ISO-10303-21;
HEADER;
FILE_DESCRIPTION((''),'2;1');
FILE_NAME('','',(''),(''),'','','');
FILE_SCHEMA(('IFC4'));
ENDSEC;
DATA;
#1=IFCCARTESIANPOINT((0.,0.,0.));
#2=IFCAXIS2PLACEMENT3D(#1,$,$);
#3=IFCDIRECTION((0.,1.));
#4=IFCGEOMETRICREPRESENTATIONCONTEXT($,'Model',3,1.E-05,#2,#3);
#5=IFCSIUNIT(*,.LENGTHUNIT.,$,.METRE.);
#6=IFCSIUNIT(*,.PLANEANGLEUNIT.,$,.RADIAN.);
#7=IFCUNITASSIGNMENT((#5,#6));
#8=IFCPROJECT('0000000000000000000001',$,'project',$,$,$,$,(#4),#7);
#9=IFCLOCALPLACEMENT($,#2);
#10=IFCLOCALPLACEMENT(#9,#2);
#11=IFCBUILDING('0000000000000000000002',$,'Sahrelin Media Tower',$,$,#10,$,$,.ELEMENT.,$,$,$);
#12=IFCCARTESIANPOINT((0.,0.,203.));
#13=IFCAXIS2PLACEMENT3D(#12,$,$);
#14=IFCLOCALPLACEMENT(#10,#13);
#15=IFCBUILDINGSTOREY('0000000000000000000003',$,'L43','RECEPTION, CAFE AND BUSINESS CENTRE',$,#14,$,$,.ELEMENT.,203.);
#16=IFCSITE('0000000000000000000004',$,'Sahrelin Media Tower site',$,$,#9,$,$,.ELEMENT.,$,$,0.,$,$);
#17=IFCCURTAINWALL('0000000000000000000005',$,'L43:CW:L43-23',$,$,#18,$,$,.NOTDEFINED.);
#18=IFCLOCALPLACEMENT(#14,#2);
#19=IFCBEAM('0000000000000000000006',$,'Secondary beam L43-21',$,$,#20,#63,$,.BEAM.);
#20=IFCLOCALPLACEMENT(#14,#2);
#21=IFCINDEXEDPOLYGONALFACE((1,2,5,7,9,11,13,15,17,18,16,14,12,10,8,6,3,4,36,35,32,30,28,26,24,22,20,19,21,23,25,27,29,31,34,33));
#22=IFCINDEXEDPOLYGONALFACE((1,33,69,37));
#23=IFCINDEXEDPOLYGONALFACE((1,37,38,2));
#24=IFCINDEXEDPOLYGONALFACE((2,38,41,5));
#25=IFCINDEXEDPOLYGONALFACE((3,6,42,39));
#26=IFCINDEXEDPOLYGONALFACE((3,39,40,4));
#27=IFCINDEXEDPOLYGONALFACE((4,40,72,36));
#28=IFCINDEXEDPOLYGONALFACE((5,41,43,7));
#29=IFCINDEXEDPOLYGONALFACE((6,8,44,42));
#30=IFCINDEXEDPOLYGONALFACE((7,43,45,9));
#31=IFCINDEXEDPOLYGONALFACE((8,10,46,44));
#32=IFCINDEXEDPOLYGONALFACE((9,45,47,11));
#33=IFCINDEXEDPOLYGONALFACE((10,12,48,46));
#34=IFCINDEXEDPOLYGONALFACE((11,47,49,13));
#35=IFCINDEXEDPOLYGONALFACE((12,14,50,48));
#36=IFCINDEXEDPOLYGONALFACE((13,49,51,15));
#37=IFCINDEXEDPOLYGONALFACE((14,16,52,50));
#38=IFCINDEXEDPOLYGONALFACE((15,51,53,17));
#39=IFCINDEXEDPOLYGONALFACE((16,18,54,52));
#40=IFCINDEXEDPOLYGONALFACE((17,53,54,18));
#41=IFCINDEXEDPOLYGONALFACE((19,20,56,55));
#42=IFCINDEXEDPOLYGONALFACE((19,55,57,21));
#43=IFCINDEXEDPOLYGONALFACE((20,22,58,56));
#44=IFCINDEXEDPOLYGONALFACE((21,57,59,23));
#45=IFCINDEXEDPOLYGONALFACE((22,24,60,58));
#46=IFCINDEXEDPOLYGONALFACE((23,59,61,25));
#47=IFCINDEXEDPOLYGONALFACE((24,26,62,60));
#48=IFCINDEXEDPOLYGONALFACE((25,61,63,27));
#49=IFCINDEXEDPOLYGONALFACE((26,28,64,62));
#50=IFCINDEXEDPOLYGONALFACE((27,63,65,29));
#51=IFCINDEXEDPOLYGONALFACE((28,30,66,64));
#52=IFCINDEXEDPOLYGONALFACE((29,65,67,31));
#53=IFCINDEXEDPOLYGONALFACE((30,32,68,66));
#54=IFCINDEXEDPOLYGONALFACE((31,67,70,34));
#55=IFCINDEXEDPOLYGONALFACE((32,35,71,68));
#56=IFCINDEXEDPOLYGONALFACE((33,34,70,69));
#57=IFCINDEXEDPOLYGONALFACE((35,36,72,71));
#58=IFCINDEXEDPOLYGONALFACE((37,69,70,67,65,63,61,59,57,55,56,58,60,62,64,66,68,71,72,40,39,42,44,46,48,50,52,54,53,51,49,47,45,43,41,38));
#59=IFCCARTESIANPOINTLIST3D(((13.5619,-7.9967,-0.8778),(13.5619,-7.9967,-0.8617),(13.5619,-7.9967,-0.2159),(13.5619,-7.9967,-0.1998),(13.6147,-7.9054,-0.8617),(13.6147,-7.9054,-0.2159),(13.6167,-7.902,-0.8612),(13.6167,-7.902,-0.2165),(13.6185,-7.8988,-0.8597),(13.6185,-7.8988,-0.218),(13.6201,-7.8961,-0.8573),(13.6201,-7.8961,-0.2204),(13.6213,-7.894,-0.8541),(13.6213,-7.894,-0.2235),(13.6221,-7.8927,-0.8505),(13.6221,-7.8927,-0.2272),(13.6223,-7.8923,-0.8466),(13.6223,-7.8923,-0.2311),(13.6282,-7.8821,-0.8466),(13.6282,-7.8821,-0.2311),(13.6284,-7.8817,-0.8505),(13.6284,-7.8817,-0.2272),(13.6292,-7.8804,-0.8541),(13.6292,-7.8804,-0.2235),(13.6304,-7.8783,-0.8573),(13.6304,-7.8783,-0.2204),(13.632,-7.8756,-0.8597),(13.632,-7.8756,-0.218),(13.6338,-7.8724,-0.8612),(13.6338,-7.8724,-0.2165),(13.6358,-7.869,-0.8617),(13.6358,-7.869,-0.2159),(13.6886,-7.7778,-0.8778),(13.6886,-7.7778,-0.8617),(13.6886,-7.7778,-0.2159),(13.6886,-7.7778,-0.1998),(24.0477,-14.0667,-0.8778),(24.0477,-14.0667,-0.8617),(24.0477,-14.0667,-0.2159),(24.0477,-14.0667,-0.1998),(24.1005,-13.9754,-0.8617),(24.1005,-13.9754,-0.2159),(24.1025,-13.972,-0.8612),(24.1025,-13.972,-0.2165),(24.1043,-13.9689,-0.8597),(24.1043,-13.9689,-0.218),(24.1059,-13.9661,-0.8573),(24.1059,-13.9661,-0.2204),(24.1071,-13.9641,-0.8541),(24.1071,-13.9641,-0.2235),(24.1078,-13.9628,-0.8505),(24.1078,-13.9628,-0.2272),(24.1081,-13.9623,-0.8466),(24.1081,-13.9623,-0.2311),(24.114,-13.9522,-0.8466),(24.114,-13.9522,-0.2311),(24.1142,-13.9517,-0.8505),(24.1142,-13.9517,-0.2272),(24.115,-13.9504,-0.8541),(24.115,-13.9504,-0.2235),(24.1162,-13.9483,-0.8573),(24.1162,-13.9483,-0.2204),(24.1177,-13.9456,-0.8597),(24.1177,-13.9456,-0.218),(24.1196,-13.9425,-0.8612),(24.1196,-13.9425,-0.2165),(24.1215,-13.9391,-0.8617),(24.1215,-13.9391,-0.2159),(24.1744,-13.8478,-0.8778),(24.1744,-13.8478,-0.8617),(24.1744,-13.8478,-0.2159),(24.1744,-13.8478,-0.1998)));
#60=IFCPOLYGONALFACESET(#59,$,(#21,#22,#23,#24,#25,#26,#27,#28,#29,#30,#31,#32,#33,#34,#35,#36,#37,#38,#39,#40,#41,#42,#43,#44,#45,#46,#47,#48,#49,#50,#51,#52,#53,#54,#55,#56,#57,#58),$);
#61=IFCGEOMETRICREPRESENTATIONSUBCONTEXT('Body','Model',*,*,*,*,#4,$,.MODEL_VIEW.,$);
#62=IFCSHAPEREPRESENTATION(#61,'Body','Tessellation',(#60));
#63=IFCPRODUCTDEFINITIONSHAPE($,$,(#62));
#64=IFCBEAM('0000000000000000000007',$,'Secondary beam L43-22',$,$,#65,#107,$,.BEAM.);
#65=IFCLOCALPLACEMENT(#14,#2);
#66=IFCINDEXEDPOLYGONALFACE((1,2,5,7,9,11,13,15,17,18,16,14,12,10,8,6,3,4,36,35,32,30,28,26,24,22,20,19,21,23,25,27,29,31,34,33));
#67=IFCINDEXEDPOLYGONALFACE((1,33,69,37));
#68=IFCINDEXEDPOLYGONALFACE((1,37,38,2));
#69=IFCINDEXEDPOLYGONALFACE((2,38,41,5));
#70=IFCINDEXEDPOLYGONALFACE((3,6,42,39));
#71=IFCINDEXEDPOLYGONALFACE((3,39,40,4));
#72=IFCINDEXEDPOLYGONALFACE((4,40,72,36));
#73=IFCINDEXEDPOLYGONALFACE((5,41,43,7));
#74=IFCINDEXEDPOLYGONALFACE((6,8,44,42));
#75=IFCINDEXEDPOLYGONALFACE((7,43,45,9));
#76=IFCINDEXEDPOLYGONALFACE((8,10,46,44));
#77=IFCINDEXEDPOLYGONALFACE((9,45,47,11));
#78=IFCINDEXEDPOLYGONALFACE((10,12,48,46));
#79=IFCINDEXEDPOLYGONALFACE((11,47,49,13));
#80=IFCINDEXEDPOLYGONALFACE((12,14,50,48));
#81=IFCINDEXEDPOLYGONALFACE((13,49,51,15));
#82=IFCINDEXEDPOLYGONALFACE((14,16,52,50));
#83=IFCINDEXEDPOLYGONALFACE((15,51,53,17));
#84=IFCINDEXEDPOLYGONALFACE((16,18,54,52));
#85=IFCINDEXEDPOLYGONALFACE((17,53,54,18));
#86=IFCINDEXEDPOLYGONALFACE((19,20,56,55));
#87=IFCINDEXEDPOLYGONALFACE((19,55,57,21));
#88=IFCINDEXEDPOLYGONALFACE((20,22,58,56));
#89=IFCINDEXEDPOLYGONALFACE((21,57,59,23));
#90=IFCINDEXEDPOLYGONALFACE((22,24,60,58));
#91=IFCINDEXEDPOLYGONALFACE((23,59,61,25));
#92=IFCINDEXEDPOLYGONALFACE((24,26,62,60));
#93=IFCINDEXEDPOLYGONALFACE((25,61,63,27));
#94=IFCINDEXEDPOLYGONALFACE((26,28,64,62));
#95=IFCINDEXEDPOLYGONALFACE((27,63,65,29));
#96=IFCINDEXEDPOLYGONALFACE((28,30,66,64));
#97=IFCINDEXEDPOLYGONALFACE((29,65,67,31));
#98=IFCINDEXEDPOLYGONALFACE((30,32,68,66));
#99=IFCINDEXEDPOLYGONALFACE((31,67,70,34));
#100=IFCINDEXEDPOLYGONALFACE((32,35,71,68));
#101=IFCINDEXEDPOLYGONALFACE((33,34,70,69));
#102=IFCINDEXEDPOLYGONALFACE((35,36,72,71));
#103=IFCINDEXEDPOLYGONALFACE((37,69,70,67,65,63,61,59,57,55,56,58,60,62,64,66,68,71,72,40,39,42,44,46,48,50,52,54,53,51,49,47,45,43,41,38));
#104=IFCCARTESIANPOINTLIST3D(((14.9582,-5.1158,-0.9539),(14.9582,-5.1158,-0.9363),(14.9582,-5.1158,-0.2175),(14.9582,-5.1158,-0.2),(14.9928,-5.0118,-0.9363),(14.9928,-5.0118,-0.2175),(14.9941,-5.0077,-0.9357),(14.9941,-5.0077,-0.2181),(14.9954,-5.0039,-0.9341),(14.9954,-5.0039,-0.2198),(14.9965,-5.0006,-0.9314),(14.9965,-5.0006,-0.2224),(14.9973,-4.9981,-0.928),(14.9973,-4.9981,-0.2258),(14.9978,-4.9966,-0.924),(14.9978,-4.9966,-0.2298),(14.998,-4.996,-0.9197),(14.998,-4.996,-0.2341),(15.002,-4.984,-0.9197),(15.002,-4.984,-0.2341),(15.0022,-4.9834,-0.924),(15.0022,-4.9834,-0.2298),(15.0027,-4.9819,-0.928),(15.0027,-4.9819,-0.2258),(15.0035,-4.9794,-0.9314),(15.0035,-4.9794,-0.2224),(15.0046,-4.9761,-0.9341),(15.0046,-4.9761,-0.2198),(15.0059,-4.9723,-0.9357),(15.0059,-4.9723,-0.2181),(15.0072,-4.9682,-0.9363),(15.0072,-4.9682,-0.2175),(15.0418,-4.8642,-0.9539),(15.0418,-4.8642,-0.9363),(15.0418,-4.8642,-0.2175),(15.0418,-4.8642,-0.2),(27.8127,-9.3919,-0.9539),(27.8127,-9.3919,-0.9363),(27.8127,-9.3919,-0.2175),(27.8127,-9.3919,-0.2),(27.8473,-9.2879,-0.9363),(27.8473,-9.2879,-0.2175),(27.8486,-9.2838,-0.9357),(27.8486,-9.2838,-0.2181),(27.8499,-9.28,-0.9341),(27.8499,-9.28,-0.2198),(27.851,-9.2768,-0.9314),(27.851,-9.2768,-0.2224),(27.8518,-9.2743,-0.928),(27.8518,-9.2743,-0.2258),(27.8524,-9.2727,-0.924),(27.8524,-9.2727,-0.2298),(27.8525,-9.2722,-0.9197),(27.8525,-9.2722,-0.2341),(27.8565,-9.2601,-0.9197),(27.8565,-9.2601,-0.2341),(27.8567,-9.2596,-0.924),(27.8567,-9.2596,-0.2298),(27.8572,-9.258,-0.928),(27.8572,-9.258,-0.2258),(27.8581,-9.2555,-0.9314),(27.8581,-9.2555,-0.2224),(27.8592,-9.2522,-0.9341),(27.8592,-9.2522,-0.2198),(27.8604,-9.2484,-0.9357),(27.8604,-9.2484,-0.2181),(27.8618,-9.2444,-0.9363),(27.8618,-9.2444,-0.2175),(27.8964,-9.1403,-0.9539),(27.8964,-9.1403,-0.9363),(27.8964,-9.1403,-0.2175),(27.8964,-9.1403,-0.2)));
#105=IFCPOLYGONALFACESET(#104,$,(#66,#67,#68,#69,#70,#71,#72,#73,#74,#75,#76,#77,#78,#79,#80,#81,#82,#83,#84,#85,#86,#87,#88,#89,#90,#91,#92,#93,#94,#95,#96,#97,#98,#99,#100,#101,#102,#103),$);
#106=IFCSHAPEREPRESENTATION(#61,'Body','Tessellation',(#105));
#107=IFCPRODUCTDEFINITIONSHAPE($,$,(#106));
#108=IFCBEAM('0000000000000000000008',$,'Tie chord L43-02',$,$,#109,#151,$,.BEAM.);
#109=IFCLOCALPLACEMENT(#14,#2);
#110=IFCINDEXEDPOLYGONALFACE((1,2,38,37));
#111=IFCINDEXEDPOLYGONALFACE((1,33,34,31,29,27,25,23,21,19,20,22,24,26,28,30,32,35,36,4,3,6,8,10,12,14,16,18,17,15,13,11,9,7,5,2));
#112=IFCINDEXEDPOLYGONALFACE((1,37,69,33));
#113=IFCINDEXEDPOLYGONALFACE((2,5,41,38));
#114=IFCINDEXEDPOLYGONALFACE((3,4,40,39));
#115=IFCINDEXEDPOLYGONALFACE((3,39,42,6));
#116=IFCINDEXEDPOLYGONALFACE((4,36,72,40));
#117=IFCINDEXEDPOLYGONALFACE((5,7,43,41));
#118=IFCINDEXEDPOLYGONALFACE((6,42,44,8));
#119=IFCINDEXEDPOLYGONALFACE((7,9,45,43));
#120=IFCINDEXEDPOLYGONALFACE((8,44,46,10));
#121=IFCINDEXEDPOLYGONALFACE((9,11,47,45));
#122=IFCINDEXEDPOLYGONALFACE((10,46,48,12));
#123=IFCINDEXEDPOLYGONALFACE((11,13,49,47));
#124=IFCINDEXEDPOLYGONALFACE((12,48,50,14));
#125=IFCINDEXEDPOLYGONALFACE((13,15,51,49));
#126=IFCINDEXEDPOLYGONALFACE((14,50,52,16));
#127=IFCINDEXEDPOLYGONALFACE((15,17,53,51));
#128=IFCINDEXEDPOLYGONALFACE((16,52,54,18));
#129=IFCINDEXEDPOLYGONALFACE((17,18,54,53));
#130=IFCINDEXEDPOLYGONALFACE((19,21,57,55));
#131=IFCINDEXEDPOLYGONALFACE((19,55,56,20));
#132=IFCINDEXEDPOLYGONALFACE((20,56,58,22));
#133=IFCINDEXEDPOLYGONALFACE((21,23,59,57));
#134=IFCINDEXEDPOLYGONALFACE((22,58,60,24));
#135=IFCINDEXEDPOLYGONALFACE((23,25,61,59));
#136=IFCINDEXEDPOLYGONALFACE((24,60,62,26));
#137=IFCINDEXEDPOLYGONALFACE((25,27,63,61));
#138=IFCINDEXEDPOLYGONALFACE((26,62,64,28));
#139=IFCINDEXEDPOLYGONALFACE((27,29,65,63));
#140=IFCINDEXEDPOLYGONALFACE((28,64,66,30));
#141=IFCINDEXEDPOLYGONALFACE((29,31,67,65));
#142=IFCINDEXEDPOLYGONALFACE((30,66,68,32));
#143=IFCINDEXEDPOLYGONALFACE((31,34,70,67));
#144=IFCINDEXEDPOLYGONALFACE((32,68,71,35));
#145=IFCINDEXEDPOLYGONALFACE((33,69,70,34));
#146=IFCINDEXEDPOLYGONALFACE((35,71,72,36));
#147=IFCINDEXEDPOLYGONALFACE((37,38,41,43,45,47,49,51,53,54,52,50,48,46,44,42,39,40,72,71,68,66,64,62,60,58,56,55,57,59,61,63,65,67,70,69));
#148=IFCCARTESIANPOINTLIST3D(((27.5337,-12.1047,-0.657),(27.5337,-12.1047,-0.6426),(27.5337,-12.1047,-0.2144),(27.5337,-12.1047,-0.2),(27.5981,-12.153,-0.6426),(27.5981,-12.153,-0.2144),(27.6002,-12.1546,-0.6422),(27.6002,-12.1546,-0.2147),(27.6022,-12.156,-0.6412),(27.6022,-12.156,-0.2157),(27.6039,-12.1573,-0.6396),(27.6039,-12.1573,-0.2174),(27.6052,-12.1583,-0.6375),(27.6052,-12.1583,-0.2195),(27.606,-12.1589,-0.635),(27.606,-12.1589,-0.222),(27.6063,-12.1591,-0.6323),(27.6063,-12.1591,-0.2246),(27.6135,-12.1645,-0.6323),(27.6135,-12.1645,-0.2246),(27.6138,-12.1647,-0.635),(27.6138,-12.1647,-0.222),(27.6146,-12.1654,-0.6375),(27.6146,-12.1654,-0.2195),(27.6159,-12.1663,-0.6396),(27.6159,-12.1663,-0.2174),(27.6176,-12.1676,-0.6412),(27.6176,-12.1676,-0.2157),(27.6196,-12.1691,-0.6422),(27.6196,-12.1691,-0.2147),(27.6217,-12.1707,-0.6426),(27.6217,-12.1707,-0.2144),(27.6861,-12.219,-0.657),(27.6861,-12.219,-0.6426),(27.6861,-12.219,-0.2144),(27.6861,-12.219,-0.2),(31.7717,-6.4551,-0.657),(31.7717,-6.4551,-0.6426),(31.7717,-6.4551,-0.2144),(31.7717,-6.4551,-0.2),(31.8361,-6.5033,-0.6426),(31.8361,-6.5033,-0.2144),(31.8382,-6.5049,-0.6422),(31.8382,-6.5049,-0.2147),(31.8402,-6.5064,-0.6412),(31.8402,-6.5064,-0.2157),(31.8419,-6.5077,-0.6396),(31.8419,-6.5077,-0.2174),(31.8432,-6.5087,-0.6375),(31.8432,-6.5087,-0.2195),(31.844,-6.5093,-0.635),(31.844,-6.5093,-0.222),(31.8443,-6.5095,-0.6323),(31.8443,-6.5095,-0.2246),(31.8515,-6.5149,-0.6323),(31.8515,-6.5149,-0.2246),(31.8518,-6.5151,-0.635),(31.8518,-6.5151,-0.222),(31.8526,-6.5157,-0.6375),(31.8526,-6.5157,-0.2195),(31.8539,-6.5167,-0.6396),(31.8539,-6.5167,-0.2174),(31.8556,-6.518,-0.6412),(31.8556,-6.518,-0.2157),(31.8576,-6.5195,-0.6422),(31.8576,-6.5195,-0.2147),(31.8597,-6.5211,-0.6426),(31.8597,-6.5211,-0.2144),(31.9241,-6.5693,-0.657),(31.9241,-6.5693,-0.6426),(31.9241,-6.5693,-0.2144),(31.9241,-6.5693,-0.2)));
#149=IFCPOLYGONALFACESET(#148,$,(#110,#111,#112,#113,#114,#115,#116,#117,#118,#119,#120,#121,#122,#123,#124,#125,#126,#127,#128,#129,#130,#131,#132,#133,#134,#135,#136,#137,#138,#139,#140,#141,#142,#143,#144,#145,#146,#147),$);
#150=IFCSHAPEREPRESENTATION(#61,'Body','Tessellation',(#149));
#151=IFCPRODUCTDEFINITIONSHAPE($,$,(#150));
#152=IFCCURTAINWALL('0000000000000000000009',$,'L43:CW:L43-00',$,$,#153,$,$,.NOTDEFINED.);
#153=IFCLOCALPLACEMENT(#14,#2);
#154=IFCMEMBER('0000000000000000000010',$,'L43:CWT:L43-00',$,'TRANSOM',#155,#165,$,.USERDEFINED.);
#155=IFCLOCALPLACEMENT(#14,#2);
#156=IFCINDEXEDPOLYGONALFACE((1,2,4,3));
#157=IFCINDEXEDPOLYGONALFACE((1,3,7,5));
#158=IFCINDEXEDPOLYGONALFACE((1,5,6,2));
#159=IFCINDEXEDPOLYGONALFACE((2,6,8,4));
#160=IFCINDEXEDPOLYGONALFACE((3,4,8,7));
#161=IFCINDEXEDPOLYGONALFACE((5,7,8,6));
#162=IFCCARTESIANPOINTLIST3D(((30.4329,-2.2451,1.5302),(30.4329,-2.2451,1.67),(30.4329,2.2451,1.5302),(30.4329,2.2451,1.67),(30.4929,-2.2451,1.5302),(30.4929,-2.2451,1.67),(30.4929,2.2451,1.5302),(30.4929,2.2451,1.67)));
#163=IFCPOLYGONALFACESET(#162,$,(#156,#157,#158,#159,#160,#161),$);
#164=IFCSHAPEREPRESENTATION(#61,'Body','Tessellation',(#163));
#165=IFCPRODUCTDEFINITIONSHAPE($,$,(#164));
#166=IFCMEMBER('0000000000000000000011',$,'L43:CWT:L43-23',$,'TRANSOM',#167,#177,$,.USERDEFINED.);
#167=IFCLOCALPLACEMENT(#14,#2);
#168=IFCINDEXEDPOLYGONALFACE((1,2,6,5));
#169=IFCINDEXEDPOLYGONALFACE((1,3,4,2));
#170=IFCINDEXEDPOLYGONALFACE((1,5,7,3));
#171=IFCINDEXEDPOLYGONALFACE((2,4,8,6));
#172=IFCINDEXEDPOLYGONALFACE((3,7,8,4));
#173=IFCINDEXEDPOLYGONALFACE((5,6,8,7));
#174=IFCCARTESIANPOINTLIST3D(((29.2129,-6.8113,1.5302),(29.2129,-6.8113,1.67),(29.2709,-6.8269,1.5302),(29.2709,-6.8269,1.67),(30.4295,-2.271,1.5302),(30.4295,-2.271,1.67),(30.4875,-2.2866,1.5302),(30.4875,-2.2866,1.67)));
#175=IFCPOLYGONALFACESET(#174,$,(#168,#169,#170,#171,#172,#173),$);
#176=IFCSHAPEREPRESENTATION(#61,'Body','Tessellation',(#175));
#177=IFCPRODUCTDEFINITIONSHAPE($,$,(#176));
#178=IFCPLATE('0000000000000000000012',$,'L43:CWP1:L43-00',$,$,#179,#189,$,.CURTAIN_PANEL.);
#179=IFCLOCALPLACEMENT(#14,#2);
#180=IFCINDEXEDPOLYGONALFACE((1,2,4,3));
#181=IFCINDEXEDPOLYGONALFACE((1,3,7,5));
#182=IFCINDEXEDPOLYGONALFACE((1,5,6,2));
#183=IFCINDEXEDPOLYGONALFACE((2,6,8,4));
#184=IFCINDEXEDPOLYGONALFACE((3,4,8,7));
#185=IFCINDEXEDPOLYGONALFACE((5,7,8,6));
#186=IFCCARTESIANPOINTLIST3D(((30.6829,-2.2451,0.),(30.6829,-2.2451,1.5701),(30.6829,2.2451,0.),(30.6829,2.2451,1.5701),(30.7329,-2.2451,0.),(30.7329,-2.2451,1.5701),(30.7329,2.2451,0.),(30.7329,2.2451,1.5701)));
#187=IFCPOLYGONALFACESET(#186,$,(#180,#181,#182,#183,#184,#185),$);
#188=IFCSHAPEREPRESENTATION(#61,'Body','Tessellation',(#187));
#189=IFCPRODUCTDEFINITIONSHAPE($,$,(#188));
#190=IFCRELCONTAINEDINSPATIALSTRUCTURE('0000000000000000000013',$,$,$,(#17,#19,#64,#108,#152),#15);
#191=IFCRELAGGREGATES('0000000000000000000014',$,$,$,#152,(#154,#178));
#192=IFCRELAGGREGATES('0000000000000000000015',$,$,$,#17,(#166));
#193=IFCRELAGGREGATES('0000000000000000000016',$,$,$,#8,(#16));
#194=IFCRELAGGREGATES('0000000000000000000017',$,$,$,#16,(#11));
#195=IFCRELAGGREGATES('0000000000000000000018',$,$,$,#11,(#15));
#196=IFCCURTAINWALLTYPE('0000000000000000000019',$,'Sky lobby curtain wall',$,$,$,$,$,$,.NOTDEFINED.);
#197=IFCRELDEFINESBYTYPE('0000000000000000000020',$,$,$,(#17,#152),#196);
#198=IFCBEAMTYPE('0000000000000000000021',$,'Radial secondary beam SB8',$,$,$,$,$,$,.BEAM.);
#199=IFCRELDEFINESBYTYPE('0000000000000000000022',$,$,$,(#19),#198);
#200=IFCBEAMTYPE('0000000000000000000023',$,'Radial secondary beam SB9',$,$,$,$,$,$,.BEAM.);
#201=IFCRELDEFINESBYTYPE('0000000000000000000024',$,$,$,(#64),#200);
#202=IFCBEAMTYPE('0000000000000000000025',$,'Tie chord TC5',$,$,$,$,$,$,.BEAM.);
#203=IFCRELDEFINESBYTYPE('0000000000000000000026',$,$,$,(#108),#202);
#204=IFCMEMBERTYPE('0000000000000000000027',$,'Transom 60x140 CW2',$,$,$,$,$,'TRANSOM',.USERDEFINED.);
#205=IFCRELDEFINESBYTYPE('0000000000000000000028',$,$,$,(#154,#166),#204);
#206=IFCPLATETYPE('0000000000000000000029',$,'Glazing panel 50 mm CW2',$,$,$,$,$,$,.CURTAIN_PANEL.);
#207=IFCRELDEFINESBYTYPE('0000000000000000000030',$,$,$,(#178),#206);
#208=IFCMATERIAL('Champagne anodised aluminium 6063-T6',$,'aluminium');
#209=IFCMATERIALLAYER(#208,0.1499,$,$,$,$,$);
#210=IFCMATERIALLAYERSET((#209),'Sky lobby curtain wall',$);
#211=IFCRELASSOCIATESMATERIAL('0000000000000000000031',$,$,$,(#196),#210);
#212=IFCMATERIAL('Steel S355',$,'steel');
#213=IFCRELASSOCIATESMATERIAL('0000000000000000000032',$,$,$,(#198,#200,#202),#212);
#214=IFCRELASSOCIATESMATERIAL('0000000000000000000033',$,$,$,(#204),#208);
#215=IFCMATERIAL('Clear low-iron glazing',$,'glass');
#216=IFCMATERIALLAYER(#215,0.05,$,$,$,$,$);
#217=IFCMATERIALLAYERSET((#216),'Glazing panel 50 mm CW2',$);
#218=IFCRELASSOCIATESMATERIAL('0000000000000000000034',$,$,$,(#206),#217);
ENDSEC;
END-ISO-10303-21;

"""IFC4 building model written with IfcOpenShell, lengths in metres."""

from ifc_helpers import new_model, si_unit, direction, frame, origin, origin_2d, place, context, subcontext, project, spatial, polyline, rectangle, i_section, outline, extrude, material, layer, layer_set, material_profile, profile_set, type_object, element, aggregate, save


model = new_model("IFC4")

# Units and contexts
model_context = context("Model", 3, precision=1e-05, world=origin(), true_north=direction((0.0, 1.0)))
body_context = subcontext(model_context, "Body", "Model", "MODEL_VIEW")
ifc_project = project(units=[si_unit("LENGTHUNIT", "METRE"), si_unit("PLANEANGLEUNIT", "RADIAN")], contexts=[model_context])

# Site, building, storey
site_placement = place(None, origin())
site = spatial("IfcSite", under=ifc_project, at=site_placement, Name="Sahrelin Media Tower site", CompositionType="ELEMENT", RefElevation=0.0)
building_placement = place(site_placement, origin())
building = spatial("IfcBuilding", under=site, at=building_placement, Name="Sahrelin Media Tower", CompositionType="ELEMENT")
storey_placement = place(building_placement, frame((0.0, 0.0, 203.0)))
storey = spatial("IfcBuildingStorey", under=building, at=storey_placement, Name="L43", Description="RECEPTION, CAFE AND BUSINESS CENTRE", CompositionType="ELEMENT", Elevation=203.0)

# Shared definitions
ifc_material_1 = material(Name="Steel S355", Category="steel")

# Curtain wall
ifc_material_2 = material(Name="Champagne anodised aluminium 6063-T6", Category="aluminium")
ifc_layer_1 = layer(ifc_material_2, 0.1499)
ifc_layer_set_1 = layer_set([ifc_layer_1], Name="Sky lobby curtain wall")
curtain_wall_type = type_object("IfcCurtainWallType", Name="Sky lobby curtain wall", PredefinedType="NOTDEFINED", material=ifc_layer_set_1)
curtain_wall_1_placement = place(storey_placement, frame((30.0918, -4.6135, 0.0), z_axis=(0.0, 0.0, 1.0), x_axis=(1.0, 0.0, 0.0)))
curtain_wall_1 = element("IfcCurtainWall", 1, at=curtain_wall_1_placement, inside=storey, type_object=curtain_wall_type, Name="L43:CW:L43-23", PredefinedType="NOTDEFINED")

# Beams
ifc_material_profile_1 = material_profile(ifc_material_1, i_section(OverallWidth=0.2529, OverallDepth=0.678, WebThickness=0.0117, FlangeThickness=0.0161, FilletRadius=0.0151, at=origin_2d()), Name="UB 686x254x125")
ifc_profile_set_1 = profile_set([ifc_material_profile_1], Name="Steel S355")
beam_type_1 = type_object("IfcBeamType", Name="Radial secondary beam SB8", PredefinedType="BEAM", material=ifc_profile_set_1)
beam_1_placement = place(storey_placement, frame((13.6252, -7.8872, -0.5388), z_axis=(0.865451, -0.500994, 0.0), x_axis=(0.500994, 0.865451, 0.0)))
element("IfcBeam", 2, at=beam_1_placement, inside=storey, type_object=beam_type_1, Name="Secondary beam L43-21", PredefinedType="BEAM", context=body_context, shape_type="SweptSolid", body=[
    extrude(i_section(OverallWidth=0.2529, OverallDepth=0.678, WebThickness=0.0117, FlangeThickness=0.0161, FilletRadius=0.0151, at=origin_2d()), origin(), (0.0, 0.0, 1.0), 12.116),
])
ifc_material_profile_2 = material_profile(ifc_material_1, i_section(OverallWidth=0.2651, OverallDepth=0.7539, WebThickness=0.0127, FlangeThickness=0.0176, FilletRadius=0.0166, at=origin_2d()), Name="UB 762x267x147")
ifc_profile_set_2 = profile_set([ifc_material_profile_2], Name="Steel S355")
beam_type_2 = type_object("IfcBeamType", Name="Radial secondary beam SB9", PredefinedType="BEAM", material=ifc_profile_set_2)
beam_2_placement = place(storey_placement, frame((15.0, -4.99, -0.5769), z_axis=(0.948876, -0.315649, 0.0), x_axis=(0.315649, 0.948876, 0.0)))
element("IfcBeam", 3, at=beam_2_placement, inside=storey, type_object=beam_type_2, Name="Secondary beam L43-22", PredefinedType="BEAM", context=body_context, shape_type="SweptSolid", body=[
    extrude(i_section(OverallWidth=0.2651, OverallDepth=0.7539, WebThickness=0.0127, FlangeThickness=0.0176, FilletRadius=0.0166, at=origin_2d()), origin(), (0.0, 0.0, 1.0), 13.5471),
])
ifc_material_profile_3 = material_profile(ifc_material_1, i_section(OverallWidth=0.1904, OverallDepth=0.457, WebThickness=0.009, FlangeThickness=0.0144, FilletRadius=0.0103, at=origin_2d()), Name="UB 457x191x74")
ifc_profile_set_3 = profile_set([ifc_material_profile_3], Name="Steel S355")
beam_type_3 = type_object("IfcBeamType", Name="Tie chord TC5", PredefinedType="BEAM", material=ifc_profile_set_3)
beam_3_placement = place(storey_placement, frame((31.8479, -6.5122, -0.4285), z_axis=(-0.600072, -0.799946, 0.0), x_axis=(0.799946, -0.600072, 0.0)))
element("IfcBeam", 4, at=beam_3_placement, inside=storey, type_object=beam_type_3, Name="Tie chord L43-02", PredefinedType="BEAM", context=body_context, shape_type="SweptSolid", body=[
    extrude(i_section(OverallWidth=0.1904, OverallDepth=0.457, WebThickness=0.009, FlangeThickness=0.0144, FilletRadius=0.0103, at=origin_2d()), origin(), (0.0, 0.0, 1.0), 7.0625),
])

# Curtain wall, member
curtain_wall_2_placement = place(storey_placement, frame((30.7129, 0.0, 0.0), z_axis=(0.0, 0.0, 1.0), x_axis=(1.0, 0.0, 0.0)))
curtain_wall_2 = element("IfcCurtainWall", 5, at=curtain_wall_2_placement, inside=storey, type_object=curtain_wall_type, Name="L43:CW:L43-00", PredefinedType="NOTDEFINED")
ifc_material_profile_4 = material_profile(ifc_material_2, rectangle(XDim=0.0601, YDim=0.1399, at=origin_2d()), Name="Transom 60x140")
ifc_profile_set_4 = profile_set([ifc_material_profile_4], Name="Champagne anodised aluminium 6063-T6")
member_type_1 = type_object("IfcMemberType", Name="Transom 60x140 CW2", ElementType="TRANSOM", PredefinedType="USERDEFINED", material=ifc_profile_set_4)
member_1_placement = place(storey_placement, frame((30.4629, -2.2451, 1.6001), z_axis=(0.0, 1.0, 0.0), x_axis=(-1.0, 0.0, 0.0)))
member_1 = element("IfcMember", 6, at=member_1_placement, type_object=member_type_1, Name="L43:CWT:L43-00", ObjectType="TRANSOM", PredefinedType="USERDEFINED", context=body_context, shape_type="SweptSolid", body=[
    extrude(rectangle(XDim=0.0601, YDim=0.1399, at=origin_2d()), origin(), (0.0, 0.0, 1.0), 4.4902),
])

# Member
member_2_placement = place(storey_placement, frame((29.2419, -6.8191, 1.6001), z_axis=(0.258817, 0.965926, 0.0), x_axis=(-0.965926, 0.258817, 0.0)))
member_2 = element("IfcMember", 7, at=member_2_placement, type_object=member_type_1, Name="L43:CWT:L43-23", ObjectType="TRANSOM", PredefinedType="USERDEFINED", context=body_context, shape_type="SweptSolid", body=[
    extrude(rectangle(XDim=0.0601, YDim=0.1399, at=origin_2d()), origin(), (0.0, 0.0, 1.0), 4.7004),
])

# Plate
ifc_material_3 = material(Name="Clear low-iron glazing", Category="glass")
ifc_layer_2 = layer(ifc_material_3, 0.05)
ifc_layer_set_2 = layer_set([ifc_layer_2], Name="Glazing panel 50 mm CW2")
plate_type = type_object("IfcPlateType", Name="Glazing panel 50 mm CW2", PredefinedType="CURTAIN_PANEL", material=ifc_layer_set_2)
plate_1_placement = place(storey_placement, frame((30.7329, -2.2451, 0.0), z_axis=(1.0, 0.0, 0.0), x_axis=(0.0, 1.0, 0.0)))
plate_1 = element("IfcPlate", 8, at=plate_1_placement, type_object=plate_type, Name="L43:CWP1:L43-00", PredefinedType="CURTAIN_PANEL", context=body_context, shape_type="SweptSolid", body=[
    extrude(outline(polyline([(0.0, 0.0), (4.4902, 0.0), (4.4902, 1.5701), (0.0, 1.5701), (0.0, 0.0)])), origin(), (0.0, 0.0, -1.0), 0.05),
])
aggregate(curtain_wall_2, [member_1, plate_1])
aggregate(curtain_wall_1, [member_2])

save(model, "model.ifc")
